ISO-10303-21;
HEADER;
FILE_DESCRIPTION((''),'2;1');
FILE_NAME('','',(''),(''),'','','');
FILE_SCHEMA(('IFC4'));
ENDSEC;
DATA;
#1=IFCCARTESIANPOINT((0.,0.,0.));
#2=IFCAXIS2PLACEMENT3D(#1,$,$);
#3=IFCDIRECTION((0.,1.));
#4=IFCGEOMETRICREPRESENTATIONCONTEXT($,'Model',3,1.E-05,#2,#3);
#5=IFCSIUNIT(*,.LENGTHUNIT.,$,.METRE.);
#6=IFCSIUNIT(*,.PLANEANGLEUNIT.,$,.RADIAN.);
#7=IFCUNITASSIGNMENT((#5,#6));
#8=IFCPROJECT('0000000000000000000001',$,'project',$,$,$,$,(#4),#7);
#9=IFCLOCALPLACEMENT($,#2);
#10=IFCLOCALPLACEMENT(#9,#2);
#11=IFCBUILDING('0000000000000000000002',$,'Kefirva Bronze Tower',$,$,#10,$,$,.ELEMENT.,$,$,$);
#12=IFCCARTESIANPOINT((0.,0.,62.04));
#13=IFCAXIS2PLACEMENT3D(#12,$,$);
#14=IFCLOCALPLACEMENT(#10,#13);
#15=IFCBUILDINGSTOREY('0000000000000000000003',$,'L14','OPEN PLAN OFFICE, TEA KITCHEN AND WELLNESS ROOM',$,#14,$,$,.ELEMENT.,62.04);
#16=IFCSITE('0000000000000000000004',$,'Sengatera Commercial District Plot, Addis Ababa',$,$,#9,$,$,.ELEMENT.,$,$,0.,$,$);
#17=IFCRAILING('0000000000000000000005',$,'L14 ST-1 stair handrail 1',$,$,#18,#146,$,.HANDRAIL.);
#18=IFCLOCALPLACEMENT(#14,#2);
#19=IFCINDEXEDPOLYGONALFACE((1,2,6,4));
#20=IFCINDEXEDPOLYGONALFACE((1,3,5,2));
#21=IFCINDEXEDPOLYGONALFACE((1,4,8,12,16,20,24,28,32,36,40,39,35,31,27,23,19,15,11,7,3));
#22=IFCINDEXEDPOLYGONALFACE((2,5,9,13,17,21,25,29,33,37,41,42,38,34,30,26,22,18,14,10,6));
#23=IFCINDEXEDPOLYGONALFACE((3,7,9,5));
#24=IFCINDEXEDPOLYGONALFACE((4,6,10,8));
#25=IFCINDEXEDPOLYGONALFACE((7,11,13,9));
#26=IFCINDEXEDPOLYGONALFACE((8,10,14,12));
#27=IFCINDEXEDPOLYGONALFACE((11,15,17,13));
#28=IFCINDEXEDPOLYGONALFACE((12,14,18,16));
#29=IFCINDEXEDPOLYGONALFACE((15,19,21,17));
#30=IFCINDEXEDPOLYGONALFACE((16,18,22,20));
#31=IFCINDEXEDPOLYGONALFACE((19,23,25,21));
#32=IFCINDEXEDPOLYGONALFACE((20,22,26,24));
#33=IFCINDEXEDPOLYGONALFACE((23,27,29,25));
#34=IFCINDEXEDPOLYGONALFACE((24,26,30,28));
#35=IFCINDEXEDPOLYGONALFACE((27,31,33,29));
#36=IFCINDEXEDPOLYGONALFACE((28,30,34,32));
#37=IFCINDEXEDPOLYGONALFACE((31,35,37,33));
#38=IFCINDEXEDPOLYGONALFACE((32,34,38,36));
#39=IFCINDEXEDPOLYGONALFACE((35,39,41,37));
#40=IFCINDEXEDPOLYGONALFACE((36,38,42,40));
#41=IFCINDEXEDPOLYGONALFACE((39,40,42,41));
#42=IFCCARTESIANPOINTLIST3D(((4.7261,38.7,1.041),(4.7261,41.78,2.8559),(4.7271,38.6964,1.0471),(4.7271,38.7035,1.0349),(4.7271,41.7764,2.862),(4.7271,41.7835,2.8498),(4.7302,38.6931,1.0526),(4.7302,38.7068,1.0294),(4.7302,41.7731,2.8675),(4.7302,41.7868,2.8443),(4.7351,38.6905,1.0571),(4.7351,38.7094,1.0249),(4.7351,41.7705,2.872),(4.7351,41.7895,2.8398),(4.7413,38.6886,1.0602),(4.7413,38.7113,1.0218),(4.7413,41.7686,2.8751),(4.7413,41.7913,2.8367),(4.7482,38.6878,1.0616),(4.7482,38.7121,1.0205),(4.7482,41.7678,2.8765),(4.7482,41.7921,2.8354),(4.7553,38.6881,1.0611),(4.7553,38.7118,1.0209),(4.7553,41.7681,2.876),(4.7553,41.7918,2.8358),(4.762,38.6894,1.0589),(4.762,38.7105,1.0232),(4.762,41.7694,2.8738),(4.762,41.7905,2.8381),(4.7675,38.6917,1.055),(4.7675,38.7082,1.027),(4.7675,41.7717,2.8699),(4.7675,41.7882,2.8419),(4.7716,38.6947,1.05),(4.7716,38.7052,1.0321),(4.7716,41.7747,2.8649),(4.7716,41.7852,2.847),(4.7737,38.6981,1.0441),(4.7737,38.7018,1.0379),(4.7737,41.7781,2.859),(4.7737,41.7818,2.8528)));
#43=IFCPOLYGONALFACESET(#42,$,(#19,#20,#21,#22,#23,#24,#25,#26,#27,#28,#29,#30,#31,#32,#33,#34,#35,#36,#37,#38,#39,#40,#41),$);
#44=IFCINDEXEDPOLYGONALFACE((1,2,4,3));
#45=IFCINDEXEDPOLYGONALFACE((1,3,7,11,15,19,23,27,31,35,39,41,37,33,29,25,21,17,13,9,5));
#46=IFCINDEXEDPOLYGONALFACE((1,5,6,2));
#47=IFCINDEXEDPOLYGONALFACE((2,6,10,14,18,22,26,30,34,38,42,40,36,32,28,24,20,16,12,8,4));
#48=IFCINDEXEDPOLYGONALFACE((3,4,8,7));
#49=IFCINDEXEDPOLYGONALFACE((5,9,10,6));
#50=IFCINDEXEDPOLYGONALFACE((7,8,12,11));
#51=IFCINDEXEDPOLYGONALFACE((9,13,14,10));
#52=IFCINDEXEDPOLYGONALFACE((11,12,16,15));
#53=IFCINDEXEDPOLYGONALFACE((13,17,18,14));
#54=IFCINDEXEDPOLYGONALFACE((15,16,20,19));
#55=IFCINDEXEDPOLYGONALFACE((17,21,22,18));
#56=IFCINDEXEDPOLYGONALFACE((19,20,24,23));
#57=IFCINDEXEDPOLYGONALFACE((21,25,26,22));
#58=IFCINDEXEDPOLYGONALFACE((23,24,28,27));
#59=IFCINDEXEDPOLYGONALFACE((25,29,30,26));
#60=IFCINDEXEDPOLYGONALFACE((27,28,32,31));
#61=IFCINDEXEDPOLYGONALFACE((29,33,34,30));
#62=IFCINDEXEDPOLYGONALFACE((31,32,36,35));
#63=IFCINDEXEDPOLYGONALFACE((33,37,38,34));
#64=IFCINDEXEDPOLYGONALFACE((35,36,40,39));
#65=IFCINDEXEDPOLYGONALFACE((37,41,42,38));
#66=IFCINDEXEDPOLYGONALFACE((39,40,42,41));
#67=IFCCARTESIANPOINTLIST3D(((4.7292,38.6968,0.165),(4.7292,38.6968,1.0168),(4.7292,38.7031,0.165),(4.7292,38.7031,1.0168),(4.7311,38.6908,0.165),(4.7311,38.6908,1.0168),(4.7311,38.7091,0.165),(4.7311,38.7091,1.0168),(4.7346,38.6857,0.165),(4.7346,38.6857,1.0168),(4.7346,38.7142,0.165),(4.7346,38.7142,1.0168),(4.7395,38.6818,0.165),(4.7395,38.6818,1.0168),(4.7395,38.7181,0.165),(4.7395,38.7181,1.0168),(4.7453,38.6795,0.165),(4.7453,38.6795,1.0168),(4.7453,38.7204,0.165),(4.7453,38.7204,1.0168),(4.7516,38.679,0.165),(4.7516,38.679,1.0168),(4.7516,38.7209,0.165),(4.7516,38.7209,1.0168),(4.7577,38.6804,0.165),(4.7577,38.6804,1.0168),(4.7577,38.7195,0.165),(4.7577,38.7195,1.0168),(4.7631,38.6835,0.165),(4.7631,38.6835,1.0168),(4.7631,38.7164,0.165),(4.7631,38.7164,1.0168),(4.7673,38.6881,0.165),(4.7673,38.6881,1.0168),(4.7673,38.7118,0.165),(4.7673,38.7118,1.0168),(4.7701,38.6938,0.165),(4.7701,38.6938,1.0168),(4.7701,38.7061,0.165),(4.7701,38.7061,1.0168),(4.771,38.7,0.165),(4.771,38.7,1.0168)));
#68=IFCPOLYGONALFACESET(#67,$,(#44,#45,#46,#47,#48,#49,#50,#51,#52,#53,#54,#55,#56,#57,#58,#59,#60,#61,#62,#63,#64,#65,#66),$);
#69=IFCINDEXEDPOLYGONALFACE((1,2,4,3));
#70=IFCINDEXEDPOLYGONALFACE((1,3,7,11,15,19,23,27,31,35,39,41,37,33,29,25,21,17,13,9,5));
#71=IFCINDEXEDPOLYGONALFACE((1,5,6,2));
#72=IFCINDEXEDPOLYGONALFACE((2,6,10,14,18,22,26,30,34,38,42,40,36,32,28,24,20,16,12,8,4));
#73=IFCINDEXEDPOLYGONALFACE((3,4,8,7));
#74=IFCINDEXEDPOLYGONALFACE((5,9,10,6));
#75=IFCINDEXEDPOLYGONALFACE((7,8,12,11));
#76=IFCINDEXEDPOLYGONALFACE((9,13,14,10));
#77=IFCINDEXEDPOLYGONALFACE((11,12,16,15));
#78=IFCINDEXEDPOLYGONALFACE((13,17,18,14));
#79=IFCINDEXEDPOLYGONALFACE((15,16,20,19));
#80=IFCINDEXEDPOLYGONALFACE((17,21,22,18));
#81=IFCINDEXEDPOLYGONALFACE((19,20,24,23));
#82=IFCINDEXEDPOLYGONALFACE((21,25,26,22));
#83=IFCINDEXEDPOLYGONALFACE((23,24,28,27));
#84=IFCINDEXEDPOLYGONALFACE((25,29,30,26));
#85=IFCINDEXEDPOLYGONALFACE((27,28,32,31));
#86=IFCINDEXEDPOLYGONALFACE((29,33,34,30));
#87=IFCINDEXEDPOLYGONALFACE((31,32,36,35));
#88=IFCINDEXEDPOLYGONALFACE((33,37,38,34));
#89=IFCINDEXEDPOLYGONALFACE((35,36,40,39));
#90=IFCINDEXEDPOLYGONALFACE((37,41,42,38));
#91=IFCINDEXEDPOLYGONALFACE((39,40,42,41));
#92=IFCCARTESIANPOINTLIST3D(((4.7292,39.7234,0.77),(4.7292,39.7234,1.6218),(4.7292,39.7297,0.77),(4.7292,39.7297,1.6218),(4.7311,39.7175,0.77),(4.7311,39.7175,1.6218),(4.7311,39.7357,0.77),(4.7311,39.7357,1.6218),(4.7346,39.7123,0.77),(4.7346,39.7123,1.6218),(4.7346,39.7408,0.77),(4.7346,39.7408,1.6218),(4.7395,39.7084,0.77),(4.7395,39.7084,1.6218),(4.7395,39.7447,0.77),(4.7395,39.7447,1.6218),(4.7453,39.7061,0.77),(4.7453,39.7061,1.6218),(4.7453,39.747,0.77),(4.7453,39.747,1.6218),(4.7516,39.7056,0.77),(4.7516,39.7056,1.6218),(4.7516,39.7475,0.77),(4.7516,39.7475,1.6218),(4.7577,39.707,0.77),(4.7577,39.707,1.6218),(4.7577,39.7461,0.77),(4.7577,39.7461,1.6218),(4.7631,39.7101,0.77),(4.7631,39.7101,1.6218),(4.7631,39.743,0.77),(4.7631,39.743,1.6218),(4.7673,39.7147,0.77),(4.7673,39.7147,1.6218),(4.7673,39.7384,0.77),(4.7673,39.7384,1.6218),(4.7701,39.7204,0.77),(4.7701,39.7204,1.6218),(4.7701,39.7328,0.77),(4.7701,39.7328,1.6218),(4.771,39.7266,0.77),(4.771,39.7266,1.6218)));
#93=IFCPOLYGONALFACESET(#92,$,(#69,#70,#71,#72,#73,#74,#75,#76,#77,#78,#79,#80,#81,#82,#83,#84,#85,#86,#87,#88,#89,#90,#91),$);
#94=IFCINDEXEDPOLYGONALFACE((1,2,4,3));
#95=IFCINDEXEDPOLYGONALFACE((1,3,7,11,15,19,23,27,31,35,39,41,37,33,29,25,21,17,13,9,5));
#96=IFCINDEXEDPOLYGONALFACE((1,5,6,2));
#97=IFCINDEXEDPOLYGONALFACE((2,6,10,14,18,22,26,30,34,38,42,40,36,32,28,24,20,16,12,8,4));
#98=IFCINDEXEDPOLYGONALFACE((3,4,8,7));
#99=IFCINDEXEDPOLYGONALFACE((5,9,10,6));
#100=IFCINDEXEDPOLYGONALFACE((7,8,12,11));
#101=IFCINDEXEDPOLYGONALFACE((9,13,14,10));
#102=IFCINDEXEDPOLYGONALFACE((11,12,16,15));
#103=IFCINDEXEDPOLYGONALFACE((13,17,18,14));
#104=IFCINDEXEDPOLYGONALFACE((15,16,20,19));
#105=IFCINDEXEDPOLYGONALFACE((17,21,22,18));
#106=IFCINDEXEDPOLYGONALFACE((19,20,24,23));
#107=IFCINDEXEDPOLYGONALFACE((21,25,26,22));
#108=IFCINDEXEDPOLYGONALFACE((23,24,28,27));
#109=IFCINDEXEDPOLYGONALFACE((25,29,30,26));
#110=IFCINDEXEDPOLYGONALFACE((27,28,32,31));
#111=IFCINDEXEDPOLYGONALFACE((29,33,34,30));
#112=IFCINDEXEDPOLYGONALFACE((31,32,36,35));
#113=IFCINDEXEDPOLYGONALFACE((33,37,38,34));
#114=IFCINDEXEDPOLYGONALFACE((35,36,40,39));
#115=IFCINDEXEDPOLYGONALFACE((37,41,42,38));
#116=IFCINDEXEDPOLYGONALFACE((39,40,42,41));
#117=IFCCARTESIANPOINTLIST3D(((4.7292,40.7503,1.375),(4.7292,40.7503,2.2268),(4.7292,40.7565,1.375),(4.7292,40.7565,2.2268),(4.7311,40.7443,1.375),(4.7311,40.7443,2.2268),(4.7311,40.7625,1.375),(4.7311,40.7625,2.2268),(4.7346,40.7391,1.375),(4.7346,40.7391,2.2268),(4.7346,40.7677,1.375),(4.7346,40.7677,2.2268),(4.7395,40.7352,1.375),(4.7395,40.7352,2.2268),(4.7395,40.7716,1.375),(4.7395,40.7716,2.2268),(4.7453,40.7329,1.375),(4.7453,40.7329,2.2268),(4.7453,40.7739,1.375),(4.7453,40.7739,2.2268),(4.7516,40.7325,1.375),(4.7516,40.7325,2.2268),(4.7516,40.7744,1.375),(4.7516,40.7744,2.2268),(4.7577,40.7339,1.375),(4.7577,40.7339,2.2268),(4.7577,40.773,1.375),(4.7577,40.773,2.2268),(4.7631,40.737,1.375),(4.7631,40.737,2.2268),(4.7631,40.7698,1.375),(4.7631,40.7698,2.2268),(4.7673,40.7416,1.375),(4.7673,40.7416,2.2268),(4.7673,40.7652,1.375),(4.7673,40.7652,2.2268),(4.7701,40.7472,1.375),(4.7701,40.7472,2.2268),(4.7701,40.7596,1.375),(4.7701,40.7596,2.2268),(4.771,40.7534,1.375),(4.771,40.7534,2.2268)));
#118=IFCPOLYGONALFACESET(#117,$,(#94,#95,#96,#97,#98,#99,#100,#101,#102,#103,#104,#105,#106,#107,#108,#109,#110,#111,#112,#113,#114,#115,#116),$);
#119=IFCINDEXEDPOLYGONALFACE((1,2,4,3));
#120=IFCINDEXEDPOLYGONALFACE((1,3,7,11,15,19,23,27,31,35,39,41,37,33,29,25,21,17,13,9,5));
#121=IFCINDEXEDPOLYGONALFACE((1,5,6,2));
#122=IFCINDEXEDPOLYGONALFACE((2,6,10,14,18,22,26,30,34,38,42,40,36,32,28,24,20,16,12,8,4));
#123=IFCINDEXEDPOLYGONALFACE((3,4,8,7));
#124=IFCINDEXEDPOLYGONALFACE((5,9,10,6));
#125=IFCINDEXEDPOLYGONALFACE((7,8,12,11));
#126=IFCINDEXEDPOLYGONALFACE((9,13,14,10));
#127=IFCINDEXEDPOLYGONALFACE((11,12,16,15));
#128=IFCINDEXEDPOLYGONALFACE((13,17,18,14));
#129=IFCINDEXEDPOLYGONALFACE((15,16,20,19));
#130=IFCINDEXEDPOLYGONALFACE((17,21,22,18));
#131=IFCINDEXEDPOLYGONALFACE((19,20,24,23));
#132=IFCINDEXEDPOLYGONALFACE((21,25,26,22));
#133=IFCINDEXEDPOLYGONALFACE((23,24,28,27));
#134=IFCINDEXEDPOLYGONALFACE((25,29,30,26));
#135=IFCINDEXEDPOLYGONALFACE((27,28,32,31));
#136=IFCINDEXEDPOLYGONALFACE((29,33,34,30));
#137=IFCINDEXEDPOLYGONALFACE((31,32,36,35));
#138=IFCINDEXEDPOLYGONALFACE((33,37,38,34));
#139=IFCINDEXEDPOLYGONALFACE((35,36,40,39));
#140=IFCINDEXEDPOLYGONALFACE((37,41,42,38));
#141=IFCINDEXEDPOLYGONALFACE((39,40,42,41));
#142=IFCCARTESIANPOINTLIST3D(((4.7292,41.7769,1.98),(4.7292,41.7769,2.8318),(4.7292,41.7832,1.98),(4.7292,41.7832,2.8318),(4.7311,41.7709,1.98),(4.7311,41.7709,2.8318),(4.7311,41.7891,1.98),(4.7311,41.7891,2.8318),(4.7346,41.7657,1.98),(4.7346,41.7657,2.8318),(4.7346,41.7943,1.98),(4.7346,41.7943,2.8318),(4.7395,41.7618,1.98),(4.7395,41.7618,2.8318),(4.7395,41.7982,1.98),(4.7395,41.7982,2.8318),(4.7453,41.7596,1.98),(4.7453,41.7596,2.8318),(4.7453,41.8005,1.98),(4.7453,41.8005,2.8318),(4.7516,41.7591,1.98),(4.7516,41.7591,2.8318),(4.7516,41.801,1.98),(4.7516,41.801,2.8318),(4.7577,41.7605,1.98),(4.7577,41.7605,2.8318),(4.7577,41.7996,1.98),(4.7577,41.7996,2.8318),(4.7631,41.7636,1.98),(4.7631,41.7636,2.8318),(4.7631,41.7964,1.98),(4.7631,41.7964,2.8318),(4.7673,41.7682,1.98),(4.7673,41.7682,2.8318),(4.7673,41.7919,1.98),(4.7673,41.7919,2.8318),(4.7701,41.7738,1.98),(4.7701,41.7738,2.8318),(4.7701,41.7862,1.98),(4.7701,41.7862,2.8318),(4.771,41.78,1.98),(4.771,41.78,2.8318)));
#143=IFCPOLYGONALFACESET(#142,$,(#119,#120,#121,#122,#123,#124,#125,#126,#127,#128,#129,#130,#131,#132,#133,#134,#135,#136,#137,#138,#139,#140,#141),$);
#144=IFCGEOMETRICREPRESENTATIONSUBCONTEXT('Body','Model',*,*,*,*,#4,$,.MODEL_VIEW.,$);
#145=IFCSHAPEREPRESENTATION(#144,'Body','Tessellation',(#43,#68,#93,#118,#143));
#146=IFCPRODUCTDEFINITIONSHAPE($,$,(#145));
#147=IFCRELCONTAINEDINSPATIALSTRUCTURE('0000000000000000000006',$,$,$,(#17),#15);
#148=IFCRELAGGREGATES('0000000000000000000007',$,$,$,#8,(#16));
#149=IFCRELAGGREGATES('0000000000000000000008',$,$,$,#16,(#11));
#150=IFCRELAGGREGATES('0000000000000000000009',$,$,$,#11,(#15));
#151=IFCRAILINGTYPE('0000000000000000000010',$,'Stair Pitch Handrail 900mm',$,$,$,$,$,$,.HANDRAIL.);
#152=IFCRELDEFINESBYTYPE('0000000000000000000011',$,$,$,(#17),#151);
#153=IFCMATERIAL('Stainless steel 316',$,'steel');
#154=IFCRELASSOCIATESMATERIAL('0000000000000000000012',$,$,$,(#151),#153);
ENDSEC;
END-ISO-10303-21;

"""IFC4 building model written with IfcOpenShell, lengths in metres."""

from ifc_helpers import new_model, si_unit, direction, frame, origin, origin_2d, place, context, subcontext, project, spatial, circle, extrude, material, type_object, element, save


model = new_model("IFC4")

# Units and contexts
model_context = context("Model", 3, precision=1e-05, world=origin(), true_north=direction((0.0, 1.0)))
body_context = subcontext(model_context, "Body", "Model", "MODEL_VIEW")
ifc_project = project(units=[si_unit("LENGTHUNIT", "METRE"), si_unit("PLANEANGLEUNIT", "RADIAN")], contexts=[model_context])

# Site, building, storey
site_placement = place(None, origin())
site = spatial("IfcSite", under=ifc_project, at=site_placement, Name="Sengatera Commercial District Plot, Addis Ababa", CompositionType="ELEMENT", RefElevation=0.0)
building_placement = place(site_placement, origin())
building = spatial("IfcBuilding", under=site, at=building_placement, Name="Kefirva Bronze Tower", CompositionType="ELEMENT")
storey_placement = place(building_placement, frame((0.0, 0.0, 62.04)))
storey = spatial("IfcBuildingStorey", under=building, at=storey_placement, Name="L14", Description="OPEN PLAN OFFICE, TEA KITCHEN AND WELLNESS ROOM", CompositionType="ELEMENT", Elevation=62.04)

# Railing
ifc_material_1 = material(Name="Stainless steel 316", Category="steel")
railing_type_1 = type_object("IfcRailingType", Name="Stair Pitch Handrail 900mm", PredefinedType="HANDRAIL", material=ifc_material_1)
railing_1_placement = place(storey_placement, frame((4.75, 38.7, 0.165)))
element("IfcRailing", 1, at=railing_1_placement, inside=storey, type_object=railing_type_1, Name="L14 ST-1 stair handrail 1", PredefinedType="HANDRAIL", context=body_context, shape_type="SweptSolid", body=[
    extrude(circle(Radius=0.0239, at=origin_2d()), frame((0.0, 0.0, 0.876), z_axis=(0.0, 0.861551, 0.507671), x_axis=(-1.0, 0.0, 0.0)), (0.0, 0.0, 1.0), 3.575),
    extrude(circle(Radius=0.021, at=origin_2d()), origin(), (0.0, 0.0, 1.0), 0.8518),
    extrude(circle(Radius=0.021, at=origin_2d()), frame((0.0, 1.0266, 0.605)), (0.0, 0.0, 1.0), 0.8518),
    extrude(circle(Radius=0.021, at=origin_2d()), frame((0.0, 2.0535, 1.21)), (0.0, 0.0, 1.0), 0.8518),
    extrude(circle(Radius=0.021, at=origin_2d()), frame((0.0, 3.0801, 1.8149)), (0.0, 0.0, 1.0), 0.8518),
])

save(model, "model.ifc")
